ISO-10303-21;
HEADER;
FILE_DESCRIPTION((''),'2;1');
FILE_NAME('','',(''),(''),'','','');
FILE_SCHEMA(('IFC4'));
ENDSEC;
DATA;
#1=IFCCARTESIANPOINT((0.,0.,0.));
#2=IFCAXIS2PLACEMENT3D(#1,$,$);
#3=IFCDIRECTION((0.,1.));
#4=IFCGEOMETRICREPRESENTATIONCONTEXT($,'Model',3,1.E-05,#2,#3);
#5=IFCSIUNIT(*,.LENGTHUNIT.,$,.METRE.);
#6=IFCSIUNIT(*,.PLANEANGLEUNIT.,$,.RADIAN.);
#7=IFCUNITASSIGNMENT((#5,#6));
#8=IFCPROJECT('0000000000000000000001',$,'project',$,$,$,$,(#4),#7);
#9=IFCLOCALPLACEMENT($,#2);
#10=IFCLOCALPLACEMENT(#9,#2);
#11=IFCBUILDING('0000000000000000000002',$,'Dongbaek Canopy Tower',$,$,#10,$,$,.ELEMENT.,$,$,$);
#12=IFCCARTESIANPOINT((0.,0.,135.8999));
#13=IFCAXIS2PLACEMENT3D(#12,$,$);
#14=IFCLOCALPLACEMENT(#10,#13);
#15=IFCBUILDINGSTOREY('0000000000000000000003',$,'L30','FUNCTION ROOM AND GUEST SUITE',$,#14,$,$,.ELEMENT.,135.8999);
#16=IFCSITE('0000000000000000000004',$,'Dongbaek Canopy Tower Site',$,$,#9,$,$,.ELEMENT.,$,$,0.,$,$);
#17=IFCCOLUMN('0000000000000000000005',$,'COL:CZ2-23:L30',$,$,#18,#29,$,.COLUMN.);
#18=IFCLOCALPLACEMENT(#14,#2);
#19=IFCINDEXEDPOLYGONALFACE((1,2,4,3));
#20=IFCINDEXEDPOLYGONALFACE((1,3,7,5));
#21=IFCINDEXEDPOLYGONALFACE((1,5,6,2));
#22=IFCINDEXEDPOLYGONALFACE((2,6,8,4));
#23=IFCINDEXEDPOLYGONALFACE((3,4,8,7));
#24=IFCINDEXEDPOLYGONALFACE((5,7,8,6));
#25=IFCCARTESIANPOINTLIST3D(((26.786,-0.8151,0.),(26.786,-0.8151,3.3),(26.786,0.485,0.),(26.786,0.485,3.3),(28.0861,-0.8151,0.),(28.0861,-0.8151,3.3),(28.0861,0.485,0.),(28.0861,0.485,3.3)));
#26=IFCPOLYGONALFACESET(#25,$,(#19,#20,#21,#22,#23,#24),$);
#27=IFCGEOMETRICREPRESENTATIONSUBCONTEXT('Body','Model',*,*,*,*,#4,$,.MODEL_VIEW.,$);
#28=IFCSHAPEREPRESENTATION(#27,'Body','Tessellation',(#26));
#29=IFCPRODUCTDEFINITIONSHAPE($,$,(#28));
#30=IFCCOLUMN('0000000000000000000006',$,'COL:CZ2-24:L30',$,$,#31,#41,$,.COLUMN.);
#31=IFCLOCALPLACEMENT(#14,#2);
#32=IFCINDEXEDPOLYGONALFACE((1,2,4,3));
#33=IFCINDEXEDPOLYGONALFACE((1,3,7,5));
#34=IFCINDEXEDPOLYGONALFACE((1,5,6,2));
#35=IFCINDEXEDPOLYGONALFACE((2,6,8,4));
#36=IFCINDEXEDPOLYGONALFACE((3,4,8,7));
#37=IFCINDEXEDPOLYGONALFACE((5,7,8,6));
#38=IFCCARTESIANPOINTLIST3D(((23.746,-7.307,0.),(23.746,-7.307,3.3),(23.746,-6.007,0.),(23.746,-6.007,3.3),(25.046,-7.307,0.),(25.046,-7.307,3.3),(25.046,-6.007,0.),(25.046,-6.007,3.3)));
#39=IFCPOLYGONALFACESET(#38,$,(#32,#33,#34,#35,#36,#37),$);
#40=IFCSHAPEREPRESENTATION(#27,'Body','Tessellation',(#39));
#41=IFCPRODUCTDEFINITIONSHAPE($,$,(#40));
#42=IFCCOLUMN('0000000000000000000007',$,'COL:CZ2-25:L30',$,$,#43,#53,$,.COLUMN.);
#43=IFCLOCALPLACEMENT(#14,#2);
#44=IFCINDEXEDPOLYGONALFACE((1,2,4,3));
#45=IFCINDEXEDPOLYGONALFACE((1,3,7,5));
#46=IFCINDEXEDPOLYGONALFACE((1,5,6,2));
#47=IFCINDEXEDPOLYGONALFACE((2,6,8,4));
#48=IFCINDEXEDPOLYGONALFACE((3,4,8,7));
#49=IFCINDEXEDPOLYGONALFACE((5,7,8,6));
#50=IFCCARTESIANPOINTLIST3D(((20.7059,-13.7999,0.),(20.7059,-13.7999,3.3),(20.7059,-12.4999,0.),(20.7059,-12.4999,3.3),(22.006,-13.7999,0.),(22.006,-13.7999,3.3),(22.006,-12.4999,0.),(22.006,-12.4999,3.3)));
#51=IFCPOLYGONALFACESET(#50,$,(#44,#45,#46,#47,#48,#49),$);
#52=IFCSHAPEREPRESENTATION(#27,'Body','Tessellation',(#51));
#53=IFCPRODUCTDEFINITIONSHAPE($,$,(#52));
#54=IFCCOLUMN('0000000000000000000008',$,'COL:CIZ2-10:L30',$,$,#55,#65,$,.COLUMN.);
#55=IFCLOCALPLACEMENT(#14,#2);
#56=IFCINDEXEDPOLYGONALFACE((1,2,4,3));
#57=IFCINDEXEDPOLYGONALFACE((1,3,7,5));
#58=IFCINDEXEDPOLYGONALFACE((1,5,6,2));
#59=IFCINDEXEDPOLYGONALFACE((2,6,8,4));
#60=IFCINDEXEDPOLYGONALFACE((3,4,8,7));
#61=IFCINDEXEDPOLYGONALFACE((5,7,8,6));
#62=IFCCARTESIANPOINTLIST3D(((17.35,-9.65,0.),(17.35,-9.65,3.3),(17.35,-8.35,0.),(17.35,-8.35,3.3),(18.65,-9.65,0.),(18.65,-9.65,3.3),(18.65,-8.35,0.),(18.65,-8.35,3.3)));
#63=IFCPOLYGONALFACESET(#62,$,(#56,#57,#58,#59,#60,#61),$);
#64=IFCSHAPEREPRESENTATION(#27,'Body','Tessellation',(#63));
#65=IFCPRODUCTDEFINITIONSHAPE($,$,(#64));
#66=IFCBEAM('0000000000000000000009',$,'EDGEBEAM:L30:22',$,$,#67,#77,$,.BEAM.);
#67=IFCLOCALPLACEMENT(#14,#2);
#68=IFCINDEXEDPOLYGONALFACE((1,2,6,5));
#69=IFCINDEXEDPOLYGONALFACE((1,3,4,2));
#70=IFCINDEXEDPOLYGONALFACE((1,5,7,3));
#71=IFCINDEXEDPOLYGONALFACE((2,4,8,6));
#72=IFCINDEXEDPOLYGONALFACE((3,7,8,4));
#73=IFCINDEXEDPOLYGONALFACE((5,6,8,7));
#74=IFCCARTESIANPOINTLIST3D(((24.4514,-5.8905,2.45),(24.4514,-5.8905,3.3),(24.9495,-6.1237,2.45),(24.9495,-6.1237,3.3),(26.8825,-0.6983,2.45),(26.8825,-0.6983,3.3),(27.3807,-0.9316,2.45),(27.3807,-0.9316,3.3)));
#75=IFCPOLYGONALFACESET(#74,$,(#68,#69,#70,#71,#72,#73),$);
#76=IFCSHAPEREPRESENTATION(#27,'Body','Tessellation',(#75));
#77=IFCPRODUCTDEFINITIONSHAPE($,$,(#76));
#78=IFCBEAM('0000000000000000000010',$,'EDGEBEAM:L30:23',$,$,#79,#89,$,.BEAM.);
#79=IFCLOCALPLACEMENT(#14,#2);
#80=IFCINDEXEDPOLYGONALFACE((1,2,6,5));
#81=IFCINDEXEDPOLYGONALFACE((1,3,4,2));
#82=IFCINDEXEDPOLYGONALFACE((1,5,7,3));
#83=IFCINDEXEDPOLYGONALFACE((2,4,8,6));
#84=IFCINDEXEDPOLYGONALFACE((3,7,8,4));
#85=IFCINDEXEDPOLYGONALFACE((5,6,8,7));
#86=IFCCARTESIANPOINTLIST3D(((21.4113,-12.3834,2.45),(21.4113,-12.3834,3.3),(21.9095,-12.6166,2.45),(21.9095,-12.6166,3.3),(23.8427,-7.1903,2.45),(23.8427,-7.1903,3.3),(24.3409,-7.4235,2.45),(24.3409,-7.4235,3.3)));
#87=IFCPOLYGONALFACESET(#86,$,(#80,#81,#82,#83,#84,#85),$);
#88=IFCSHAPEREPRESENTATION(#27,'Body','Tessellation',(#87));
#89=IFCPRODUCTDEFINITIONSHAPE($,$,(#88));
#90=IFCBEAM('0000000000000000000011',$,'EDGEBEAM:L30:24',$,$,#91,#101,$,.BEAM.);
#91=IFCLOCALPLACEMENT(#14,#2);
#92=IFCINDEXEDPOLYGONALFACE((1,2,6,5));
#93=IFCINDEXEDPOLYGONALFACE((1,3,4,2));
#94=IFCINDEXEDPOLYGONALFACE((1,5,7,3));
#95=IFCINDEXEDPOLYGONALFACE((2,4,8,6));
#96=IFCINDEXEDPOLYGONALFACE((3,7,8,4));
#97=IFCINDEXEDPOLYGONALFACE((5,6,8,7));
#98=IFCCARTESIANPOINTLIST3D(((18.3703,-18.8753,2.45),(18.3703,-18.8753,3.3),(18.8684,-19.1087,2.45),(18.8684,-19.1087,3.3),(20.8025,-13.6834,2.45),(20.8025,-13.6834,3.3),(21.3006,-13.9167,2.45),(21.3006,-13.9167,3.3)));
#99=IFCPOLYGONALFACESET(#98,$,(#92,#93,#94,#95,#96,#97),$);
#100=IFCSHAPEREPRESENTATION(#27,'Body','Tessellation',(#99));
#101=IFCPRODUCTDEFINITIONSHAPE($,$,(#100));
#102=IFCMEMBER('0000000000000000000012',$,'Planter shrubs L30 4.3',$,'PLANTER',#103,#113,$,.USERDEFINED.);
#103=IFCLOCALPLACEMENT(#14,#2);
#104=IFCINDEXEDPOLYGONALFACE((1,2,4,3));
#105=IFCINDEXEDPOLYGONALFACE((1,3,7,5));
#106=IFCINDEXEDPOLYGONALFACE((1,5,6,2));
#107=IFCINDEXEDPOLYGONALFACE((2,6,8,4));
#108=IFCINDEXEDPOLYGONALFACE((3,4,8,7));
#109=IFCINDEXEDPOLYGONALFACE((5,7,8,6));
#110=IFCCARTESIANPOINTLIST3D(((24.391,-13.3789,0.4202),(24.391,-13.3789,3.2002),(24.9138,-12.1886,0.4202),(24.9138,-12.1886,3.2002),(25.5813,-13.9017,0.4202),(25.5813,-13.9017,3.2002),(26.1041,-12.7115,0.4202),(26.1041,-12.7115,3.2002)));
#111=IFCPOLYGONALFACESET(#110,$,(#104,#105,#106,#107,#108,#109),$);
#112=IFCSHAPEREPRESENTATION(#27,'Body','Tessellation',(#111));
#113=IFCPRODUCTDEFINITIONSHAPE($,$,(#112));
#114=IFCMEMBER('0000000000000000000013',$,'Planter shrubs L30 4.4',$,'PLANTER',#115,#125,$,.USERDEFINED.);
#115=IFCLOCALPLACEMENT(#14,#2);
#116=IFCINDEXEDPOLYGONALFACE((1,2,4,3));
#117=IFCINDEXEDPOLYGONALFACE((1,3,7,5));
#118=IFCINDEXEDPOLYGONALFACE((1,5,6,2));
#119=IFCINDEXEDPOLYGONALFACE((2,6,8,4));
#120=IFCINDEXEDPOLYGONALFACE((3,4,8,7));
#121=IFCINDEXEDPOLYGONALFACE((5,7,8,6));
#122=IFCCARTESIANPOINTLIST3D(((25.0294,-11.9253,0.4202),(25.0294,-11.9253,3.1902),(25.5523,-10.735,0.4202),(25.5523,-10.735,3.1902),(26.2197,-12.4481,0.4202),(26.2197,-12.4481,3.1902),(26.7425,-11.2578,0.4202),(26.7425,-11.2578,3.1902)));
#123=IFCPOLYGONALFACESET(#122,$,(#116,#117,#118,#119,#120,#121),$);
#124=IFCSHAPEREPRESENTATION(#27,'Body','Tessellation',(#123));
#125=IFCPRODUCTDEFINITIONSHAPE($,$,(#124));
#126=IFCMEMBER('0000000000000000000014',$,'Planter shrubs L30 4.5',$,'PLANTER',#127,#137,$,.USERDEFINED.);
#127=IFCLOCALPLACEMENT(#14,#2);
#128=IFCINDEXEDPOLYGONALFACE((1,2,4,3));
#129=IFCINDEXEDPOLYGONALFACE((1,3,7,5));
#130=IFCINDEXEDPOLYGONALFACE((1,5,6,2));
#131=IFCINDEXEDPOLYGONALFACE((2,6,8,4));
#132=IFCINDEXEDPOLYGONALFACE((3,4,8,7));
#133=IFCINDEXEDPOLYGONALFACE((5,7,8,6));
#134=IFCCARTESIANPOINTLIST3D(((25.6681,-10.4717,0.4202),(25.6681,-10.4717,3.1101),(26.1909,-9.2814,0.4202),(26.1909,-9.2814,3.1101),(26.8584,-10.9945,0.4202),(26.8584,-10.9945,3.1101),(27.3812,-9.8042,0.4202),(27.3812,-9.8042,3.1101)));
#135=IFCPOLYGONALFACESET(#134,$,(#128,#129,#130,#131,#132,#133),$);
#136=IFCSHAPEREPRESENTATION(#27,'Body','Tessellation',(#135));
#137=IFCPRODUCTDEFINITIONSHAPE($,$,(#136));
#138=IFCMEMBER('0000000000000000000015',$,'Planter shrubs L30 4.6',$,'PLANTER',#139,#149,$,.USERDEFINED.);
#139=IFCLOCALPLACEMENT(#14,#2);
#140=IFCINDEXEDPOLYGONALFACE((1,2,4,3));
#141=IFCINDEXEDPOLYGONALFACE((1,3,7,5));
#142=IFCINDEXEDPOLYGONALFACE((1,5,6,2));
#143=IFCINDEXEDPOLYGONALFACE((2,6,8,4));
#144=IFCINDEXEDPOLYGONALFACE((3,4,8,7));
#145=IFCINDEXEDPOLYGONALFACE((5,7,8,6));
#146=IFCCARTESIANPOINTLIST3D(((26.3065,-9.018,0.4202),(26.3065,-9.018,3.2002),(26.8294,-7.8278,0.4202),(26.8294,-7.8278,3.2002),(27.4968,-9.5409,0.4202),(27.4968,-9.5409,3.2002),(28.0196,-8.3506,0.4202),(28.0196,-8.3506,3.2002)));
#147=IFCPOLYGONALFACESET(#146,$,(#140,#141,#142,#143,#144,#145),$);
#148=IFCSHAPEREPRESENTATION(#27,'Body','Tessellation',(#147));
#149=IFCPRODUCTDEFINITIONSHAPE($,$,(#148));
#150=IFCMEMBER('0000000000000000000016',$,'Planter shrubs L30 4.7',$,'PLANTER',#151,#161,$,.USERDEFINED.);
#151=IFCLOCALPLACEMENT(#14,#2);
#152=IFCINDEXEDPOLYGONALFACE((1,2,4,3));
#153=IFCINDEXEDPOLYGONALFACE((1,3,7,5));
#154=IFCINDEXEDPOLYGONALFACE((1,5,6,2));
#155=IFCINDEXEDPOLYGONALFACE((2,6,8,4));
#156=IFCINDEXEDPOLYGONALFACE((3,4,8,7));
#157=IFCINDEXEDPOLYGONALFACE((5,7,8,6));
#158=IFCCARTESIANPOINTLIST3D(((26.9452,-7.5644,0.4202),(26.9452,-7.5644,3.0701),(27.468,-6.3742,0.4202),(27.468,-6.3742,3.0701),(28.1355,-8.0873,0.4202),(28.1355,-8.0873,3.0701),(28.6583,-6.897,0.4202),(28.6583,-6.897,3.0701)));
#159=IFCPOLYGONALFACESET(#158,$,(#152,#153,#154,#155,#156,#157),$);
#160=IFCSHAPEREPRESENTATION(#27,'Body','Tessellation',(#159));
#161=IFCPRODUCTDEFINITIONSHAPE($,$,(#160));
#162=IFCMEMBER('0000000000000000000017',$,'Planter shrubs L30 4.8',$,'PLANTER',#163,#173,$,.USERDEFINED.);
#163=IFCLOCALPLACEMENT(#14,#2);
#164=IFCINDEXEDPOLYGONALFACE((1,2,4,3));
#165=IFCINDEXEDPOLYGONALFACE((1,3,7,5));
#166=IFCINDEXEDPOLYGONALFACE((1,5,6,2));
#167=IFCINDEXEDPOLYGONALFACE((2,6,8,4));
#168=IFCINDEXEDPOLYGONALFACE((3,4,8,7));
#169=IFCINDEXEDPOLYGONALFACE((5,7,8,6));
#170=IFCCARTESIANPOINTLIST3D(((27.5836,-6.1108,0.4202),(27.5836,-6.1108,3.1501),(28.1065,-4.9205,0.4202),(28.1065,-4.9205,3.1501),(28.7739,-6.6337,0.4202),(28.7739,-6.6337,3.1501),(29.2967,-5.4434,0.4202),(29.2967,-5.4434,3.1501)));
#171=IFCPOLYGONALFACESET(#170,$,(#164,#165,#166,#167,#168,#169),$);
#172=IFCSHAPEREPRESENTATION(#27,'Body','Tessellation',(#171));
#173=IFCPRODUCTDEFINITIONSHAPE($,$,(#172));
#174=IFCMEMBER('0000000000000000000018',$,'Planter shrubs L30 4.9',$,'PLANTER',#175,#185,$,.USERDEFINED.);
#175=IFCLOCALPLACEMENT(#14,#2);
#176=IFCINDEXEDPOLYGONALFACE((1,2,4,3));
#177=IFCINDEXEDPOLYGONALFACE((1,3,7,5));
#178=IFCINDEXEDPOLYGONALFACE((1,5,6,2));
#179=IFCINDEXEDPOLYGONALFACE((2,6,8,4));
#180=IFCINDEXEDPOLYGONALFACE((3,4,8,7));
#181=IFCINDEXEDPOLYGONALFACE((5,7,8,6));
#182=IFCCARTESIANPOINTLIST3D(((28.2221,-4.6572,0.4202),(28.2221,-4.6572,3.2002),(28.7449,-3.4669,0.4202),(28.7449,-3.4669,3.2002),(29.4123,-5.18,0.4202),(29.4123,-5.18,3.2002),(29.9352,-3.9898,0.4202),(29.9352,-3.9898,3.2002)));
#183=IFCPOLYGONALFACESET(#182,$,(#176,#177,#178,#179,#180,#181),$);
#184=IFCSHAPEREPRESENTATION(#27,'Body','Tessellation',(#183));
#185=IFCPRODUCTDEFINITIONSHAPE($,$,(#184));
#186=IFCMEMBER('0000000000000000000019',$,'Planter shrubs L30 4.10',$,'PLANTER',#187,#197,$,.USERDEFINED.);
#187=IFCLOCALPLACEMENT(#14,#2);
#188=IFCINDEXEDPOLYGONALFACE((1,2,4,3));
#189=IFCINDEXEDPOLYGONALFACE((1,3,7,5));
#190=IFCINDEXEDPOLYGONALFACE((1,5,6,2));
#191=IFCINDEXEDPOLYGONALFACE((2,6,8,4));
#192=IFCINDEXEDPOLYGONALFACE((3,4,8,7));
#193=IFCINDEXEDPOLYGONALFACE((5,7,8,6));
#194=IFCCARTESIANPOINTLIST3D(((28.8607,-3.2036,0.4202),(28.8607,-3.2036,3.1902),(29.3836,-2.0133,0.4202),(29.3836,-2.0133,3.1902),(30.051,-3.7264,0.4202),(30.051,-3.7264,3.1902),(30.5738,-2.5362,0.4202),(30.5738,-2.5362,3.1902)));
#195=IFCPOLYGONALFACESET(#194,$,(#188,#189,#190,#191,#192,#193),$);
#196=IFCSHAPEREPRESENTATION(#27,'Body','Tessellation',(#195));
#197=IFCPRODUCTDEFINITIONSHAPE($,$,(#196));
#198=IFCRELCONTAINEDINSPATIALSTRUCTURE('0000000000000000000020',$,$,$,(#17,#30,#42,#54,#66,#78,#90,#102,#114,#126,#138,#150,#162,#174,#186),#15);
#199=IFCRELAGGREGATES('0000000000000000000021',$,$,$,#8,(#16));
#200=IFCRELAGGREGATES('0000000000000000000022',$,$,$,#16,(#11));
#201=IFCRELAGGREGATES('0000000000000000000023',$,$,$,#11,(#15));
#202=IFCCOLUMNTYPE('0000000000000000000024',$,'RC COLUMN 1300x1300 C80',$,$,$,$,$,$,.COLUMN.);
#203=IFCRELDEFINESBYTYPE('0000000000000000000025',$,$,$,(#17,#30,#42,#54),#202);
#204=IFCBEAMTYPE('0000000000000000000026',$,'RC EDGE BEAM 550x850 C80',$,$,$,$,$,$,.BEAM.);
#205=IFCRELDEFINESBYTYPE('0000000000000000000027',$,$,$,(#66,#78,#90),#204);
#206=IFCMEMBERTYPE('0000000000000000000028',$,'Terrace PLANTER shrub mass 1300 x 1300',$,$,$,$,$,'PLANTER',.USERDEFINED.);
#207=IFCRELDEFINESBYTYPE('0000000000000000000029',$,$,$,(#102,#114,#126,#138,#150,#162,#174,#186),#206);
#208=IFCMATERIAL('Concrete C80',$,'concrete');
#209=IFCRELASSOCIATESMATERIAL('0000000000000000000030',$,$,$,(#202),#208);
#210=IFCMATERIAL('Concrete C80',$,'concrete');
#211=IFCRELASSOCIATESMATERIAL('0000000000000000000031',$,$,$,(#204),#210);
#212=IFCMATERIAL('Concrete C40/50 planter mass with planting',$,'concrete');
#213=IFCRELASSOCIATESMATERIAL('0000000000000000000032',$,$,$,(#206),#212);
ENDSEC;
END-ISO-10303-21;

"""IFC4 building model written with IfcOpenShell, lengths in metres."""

from ifc_helpers import new_model, si_unit, direction, frame, origin, origin_2d, place, context, subcontext, project, spatial, rectangle, extrude, material, material_profile, profile_set, type_object, element, save


model = new_model("IFC4")

# Units and contexts
model_context = context("Model", 3, precision=1e-05, world=origin(), true_north=direction((0.0, 1.0)))
body_context = subcontext(model_context, "Body", "Model", "MODEL_VIEW")
ifc_project = project(units=[si_unit("LENGTHUNIT", "METRE"), si_unit("PLANEANGLEUNIT", "RADIAN")], contexts=[model_context])

# Site, building, storey
site_placement = place(None, origin())
site = spatial("IfcSite", under=ifc_project, at=site_placement, Name="Dongbaek Canopy Tower Site", CompositionType="ELEMENT", RefElevation=0.0)
building_placement = place(site_placement, origin())
building = spatial("IfcBuilding", under=site, at=building_placement, Name="Dongbaek Canopy Tower", CompositionType="ELEMENT")
storey_placement = place(building_placement, frame((0.0, 0.0, 135.8999)))
storey = spatial("IfcBuildingStorey", under=building, at=storey_placement, Name="L30", Description="FUNCTION ROOM AND GUEST SUITE", CompositionType="ELEMENT", Elevation=135.8999)

# Columns
ifc_material_1 = material(Name="Concrete C80", Category="concrete")
ifc_material_profile_1 = material_profile(ifc_material_1, rectangle(XDim=1.3, YDim=1.3, at=origin_2d()), Name="RC COLUMN 1300x1300 C80")
ifc_profile_set_1 = profile_set([ifc_material_profile_1], Name="Concrete C80")
column_type = type_object("IfcColumnType", Name="RC COLUMN 1300x1300 C80", PredefinedType="COLUMN", material=ifc_profile_set_1)
for number, where, z_axis, x_axis, name in (
    (1, (27.436, -0.165, 0.0), (0.0, 0.0, 1.0), (1.0, 0.0, 0.0), "COL:CZ2-23:L30"),
    (2, (24.396, -6.657, 0.0), (0.0, 0.0, 1.0), (1.0, 0.0, 0.0), "COL:CZ2-24:L30"),
    (3, (21.356, -13.1499, 0.0), (0.0, 0.0, 1.0), (1.0, 0.0, 0.0), "COL:CZ2-25:L30"),
    (4, (18.0, -9.0, 0.0), (0.0, 0.0, 1.0), (1.0, 0.0, 0.0), "COL:CIZ2-10:L30"),
):
    element("IfcColumn", number, at=place(storey_placement, frame(where, z_axis=z_axis, x_axis=x_axis)), inside=storey, type_object=column_type, Name=name, PredefinedType="COLUMN", context=body_context, shape_type="SweptSolid", body=[
        extrude(rectangle(XDim=1.3, YDim=1.3, at=origin_2d()), origin(), (0.0, 0.0, 1.0), 3.3),
    ])

# Beams
ifc_material_2 = material(Name="Concrete C80", Category="concrete")
ifc_material_profile_2 = material_profile(ifc_material_2, rectangle(XDim=0.55, YDim=0.8501, at=origin_2d()), Name="RC EDGE BEAM 550x850 C80")
ifc_profile_set_2 = profile_set([ifc_material_profile_2], Name="Concrete C80")
beam_type = type_object("IfcBeamType", Name="RC EDGE BEAM 550x850 C80", PredefinedType="BEAM", material=ifc_profile_set_2)
beam_1_placement = place(storey_placement, frame((27.1316, -0.8149, 2.875), z_axis=(-0.424053, -0.905637, 0.0), x_axis=(0.905637, -0.424053, 0.0)))
element("IfcBeam", 5, at=beam_1_placement, inside=storey, type_object=beam_type, Name="EDGEBEAM:L30:22", PredefinedType="BEAM", context=body_context, shape_type="SweptSolid", body=[
    extrude(rectangle(XDim=0.55, YDim=0.8501, at=origin_2d()), origin(), (0.0, 0.0, 1.0), 5.7332),
])
beam_2_placement = place(storey_placement, frame((24.0918, -7.3069, 2.875), z_axis=(-0.424023, -0.905652, 0.0), x_axis=(0.905652, -0.424023, 0.0)))
element("IfcBeam", 6, at=beam_2_placement, inside=storey, type_object=beam_type, Name="EDGEBEAM:L30:23", PredefinedType="BEAM", context=body_context, shape_type="SweptSolid", body=[
    extrude(rectangle(XDim=0.55, YDim=0.8501, at=origin_2d()), origin(), (0.0, 0.0, 1.0), 5.7341),
])
beam_3_placement = place(storey_placement, frame((21.0515, -13.8, 2.875), z_axis=(-0.424209, -0.905564, 0.0), x_axis=(0.905564, -0.424209, 0.0)))
element("IfcBeam", 7, at=beam_3_placement, inside=storey, type_object=beam_type, Name="EDGEBEAM:L30:24", PredefinedType="BEAM", context=body_context, shape_type="SweptSolid", body=[
    extrude(rectangle(XDim=0.55, YDim=0.8501, at=origin_2d()), origin(), (0.0, 0.0, 1.0), 5.7334),
])

# Members
ifc_material_3 = material(Name="Concrete C40/50 planter mass with planting", Category="concrete")
ifc_material_profile_3 = material_profile(ifc_material_3, rectangle(XDim=1.3, YDim=1.3, at=origin_2d()), Name="Terrace PLANTER shrub mass 1300 x 1300")
ifc_profile_set_3 = profile_set([ifc_material_profile_3], Name="Concrete C40/50 planter mass with planting")
member_type = type_object("IfcMemberType", Name="Terrace PLANTER shrub mass 1300 x 1300", ElementType="PLANTER", PredefinedType="USERDEFINED", material=ifc_profile_set_3)
member_1_placement = place(storey_placement, frame((25.2476, -13.0452, 0.4202), z_axis=(0.0, 0.0, 1.0), x_axis=(0.915562, -0.402176, 0.0)))
element("IfcMember", 8, at=member_1_placement, inside=storey, type_object=member_type, Name="Planter shrubs L30 4.3", ObjectType="PLANTER", PredefinedType="USERDEFINED", context=body_context, shape_type="SweptSolid", body=[
    extrude(rectangle(XDim=1.3, YDim=1.3, at=origin_2d()), origin(), (0.0, 0.0, 1.0), 2.78),
])
member_2_placement = place(storey_placement, frame((25.886, -11.5916, 0.4202), z_axis=(0.0, 0.0, 1.0), x_axis=(0.915562, -0.402176, 0.0)))
element("IfcMember", 9, at=member_2_placement, inside=storey, type_object=member_type, Name="Planter shrubs L30 4.4", ObjectType="PLANTER", PredefinedType="USERDEFINED", context=body_context, shape_type="SweptSolid", body=[
    extrude(rectangle(XDim=1.3, YDim=1.3, at=origin_2d()), origin(), (0.0, 0.0, 1.0), 2.77),
])
member_3_placement = place(storey_placement, frame((26.5247, -10.1379, 0.4202), z_axis=(0.0, 0.0, 1.0), x_axis=(0.915562, -0.402176, 0.0)))
element("IfcMember", 10, at=member_3_placement, inside=storey, type_object=member_type, Name="Planter shrubs L30 4.5", ObjectType="PLANTER", PredefinedType="USERDEFINED", context=body_context, shape_type="SweptSolid", body=[
    extrude(rectangle(XDim=1.3, YDim=1.3, at=origin_2d()), origin(), (0.0, 0.0, 1.0), 2.6899),
])
member_4_placement = place(storey_placement, frame((27.1631, -8.6843, 0.4202), z_axis=(0.0, 0.0, 1.0), x_axis=(0.915562, -0.402176, 0.0)))
element("IfcMember", 11, at=member_4_placement, inside=storey, type_object=member_type, Name="Planter shrubs L30 4.6", ObjectType="PLANTER", PredefinedType="USERDEFINED", context=body_context, shape_type="SweptSolid", body=[
    extrude(rectangle(XDim=1.3, YDim=1.3, at=origin_2d()), origin(), (0.0, 0.0, 1.0), 2.78),
])
member_5_placement = place(storey_placement, frame((27.8018, -7.2307, 0.4202), z_axis=(0.0, 0.0, 1.0), x_axis=(0.915562, -0.402176, 0.0)))
element("IfcMember", 12, at=member_5_placement, inside=storey, type_object=member_type, Name="Planter shrubs L30 4.7", ObjectType="PLANTER", PredefinedType="USERDEFINED", context=body_context, shape_type="SweptSolid", body=[
    extrude(rectangle(XDim=1.3, YDim=1.3, at=origin_2d()), origin(), (0.0, 0.0, 1.0), 2.6499),
])
member_6_placement = place(storey_placement, frame((28.4402, -5.7771, 0.4202), z_axis=(0.0, 0.0, 1.0), x_axis=(0.915562, -0.402176, 0.0)))
element("IfcMember", 13, at=member_6_placement, inside=storey, type_object=member_type, Name="Planter shrubs L30 4.8", ObjectType="PLANTER", PredefinedType="USERDEFINED", context=body_context, shape_type="SweptSolid", body=[
    extrude(rectangle(XDim=1.3, YDim=1.3, at=origin_2d()), origin(), (0.0, 0.0, 1.0), 2.73),
])
member_7_placement = place(storey_placement, frame((29.0786, -4.3235, 0.4202), z_axis=(0.0, 0.0, 1.0), x_axis=(0.915562, -0.402176, 0.0)))
element("IfcMember", 14, at=member_7_placement, inside=storey, type_object=member_type, Name="Planter shrubs L30 4.9", ObjectType="PLANTER", PredefinedType="USERDEFINED", context=body_context, shape_type="SweptSolid", body=[
    extrude(rectangle(XDim=1.3, YDim=1.3, at=origin_2d()), origin(), (0.0, 0.0, 1.0), 2.78),
])
member_8_placement = place(storey_placement, frame((29.7173, -2.8699, 0.4202), z_axis=(0.0, 0.0, 1.0), x_axis=(0.915562, -0.402176, 0.0)))
element("IfcMember", 15, at=member_8_placement, inside=storey, type_object=member_type, Name="Planter shrubs L30 4.10", ObjectType="PLANTER", PredefinedType="USERDEFINED", context=body_context, shape_type="SweptSolid", body=[
    extrude(rectangle(XDim=1.3, YDim=1.3, at=origin_2d()), origin(), (0.0, 0.0, 1.0), 2.77),
])

save(model, "model.ifc")
